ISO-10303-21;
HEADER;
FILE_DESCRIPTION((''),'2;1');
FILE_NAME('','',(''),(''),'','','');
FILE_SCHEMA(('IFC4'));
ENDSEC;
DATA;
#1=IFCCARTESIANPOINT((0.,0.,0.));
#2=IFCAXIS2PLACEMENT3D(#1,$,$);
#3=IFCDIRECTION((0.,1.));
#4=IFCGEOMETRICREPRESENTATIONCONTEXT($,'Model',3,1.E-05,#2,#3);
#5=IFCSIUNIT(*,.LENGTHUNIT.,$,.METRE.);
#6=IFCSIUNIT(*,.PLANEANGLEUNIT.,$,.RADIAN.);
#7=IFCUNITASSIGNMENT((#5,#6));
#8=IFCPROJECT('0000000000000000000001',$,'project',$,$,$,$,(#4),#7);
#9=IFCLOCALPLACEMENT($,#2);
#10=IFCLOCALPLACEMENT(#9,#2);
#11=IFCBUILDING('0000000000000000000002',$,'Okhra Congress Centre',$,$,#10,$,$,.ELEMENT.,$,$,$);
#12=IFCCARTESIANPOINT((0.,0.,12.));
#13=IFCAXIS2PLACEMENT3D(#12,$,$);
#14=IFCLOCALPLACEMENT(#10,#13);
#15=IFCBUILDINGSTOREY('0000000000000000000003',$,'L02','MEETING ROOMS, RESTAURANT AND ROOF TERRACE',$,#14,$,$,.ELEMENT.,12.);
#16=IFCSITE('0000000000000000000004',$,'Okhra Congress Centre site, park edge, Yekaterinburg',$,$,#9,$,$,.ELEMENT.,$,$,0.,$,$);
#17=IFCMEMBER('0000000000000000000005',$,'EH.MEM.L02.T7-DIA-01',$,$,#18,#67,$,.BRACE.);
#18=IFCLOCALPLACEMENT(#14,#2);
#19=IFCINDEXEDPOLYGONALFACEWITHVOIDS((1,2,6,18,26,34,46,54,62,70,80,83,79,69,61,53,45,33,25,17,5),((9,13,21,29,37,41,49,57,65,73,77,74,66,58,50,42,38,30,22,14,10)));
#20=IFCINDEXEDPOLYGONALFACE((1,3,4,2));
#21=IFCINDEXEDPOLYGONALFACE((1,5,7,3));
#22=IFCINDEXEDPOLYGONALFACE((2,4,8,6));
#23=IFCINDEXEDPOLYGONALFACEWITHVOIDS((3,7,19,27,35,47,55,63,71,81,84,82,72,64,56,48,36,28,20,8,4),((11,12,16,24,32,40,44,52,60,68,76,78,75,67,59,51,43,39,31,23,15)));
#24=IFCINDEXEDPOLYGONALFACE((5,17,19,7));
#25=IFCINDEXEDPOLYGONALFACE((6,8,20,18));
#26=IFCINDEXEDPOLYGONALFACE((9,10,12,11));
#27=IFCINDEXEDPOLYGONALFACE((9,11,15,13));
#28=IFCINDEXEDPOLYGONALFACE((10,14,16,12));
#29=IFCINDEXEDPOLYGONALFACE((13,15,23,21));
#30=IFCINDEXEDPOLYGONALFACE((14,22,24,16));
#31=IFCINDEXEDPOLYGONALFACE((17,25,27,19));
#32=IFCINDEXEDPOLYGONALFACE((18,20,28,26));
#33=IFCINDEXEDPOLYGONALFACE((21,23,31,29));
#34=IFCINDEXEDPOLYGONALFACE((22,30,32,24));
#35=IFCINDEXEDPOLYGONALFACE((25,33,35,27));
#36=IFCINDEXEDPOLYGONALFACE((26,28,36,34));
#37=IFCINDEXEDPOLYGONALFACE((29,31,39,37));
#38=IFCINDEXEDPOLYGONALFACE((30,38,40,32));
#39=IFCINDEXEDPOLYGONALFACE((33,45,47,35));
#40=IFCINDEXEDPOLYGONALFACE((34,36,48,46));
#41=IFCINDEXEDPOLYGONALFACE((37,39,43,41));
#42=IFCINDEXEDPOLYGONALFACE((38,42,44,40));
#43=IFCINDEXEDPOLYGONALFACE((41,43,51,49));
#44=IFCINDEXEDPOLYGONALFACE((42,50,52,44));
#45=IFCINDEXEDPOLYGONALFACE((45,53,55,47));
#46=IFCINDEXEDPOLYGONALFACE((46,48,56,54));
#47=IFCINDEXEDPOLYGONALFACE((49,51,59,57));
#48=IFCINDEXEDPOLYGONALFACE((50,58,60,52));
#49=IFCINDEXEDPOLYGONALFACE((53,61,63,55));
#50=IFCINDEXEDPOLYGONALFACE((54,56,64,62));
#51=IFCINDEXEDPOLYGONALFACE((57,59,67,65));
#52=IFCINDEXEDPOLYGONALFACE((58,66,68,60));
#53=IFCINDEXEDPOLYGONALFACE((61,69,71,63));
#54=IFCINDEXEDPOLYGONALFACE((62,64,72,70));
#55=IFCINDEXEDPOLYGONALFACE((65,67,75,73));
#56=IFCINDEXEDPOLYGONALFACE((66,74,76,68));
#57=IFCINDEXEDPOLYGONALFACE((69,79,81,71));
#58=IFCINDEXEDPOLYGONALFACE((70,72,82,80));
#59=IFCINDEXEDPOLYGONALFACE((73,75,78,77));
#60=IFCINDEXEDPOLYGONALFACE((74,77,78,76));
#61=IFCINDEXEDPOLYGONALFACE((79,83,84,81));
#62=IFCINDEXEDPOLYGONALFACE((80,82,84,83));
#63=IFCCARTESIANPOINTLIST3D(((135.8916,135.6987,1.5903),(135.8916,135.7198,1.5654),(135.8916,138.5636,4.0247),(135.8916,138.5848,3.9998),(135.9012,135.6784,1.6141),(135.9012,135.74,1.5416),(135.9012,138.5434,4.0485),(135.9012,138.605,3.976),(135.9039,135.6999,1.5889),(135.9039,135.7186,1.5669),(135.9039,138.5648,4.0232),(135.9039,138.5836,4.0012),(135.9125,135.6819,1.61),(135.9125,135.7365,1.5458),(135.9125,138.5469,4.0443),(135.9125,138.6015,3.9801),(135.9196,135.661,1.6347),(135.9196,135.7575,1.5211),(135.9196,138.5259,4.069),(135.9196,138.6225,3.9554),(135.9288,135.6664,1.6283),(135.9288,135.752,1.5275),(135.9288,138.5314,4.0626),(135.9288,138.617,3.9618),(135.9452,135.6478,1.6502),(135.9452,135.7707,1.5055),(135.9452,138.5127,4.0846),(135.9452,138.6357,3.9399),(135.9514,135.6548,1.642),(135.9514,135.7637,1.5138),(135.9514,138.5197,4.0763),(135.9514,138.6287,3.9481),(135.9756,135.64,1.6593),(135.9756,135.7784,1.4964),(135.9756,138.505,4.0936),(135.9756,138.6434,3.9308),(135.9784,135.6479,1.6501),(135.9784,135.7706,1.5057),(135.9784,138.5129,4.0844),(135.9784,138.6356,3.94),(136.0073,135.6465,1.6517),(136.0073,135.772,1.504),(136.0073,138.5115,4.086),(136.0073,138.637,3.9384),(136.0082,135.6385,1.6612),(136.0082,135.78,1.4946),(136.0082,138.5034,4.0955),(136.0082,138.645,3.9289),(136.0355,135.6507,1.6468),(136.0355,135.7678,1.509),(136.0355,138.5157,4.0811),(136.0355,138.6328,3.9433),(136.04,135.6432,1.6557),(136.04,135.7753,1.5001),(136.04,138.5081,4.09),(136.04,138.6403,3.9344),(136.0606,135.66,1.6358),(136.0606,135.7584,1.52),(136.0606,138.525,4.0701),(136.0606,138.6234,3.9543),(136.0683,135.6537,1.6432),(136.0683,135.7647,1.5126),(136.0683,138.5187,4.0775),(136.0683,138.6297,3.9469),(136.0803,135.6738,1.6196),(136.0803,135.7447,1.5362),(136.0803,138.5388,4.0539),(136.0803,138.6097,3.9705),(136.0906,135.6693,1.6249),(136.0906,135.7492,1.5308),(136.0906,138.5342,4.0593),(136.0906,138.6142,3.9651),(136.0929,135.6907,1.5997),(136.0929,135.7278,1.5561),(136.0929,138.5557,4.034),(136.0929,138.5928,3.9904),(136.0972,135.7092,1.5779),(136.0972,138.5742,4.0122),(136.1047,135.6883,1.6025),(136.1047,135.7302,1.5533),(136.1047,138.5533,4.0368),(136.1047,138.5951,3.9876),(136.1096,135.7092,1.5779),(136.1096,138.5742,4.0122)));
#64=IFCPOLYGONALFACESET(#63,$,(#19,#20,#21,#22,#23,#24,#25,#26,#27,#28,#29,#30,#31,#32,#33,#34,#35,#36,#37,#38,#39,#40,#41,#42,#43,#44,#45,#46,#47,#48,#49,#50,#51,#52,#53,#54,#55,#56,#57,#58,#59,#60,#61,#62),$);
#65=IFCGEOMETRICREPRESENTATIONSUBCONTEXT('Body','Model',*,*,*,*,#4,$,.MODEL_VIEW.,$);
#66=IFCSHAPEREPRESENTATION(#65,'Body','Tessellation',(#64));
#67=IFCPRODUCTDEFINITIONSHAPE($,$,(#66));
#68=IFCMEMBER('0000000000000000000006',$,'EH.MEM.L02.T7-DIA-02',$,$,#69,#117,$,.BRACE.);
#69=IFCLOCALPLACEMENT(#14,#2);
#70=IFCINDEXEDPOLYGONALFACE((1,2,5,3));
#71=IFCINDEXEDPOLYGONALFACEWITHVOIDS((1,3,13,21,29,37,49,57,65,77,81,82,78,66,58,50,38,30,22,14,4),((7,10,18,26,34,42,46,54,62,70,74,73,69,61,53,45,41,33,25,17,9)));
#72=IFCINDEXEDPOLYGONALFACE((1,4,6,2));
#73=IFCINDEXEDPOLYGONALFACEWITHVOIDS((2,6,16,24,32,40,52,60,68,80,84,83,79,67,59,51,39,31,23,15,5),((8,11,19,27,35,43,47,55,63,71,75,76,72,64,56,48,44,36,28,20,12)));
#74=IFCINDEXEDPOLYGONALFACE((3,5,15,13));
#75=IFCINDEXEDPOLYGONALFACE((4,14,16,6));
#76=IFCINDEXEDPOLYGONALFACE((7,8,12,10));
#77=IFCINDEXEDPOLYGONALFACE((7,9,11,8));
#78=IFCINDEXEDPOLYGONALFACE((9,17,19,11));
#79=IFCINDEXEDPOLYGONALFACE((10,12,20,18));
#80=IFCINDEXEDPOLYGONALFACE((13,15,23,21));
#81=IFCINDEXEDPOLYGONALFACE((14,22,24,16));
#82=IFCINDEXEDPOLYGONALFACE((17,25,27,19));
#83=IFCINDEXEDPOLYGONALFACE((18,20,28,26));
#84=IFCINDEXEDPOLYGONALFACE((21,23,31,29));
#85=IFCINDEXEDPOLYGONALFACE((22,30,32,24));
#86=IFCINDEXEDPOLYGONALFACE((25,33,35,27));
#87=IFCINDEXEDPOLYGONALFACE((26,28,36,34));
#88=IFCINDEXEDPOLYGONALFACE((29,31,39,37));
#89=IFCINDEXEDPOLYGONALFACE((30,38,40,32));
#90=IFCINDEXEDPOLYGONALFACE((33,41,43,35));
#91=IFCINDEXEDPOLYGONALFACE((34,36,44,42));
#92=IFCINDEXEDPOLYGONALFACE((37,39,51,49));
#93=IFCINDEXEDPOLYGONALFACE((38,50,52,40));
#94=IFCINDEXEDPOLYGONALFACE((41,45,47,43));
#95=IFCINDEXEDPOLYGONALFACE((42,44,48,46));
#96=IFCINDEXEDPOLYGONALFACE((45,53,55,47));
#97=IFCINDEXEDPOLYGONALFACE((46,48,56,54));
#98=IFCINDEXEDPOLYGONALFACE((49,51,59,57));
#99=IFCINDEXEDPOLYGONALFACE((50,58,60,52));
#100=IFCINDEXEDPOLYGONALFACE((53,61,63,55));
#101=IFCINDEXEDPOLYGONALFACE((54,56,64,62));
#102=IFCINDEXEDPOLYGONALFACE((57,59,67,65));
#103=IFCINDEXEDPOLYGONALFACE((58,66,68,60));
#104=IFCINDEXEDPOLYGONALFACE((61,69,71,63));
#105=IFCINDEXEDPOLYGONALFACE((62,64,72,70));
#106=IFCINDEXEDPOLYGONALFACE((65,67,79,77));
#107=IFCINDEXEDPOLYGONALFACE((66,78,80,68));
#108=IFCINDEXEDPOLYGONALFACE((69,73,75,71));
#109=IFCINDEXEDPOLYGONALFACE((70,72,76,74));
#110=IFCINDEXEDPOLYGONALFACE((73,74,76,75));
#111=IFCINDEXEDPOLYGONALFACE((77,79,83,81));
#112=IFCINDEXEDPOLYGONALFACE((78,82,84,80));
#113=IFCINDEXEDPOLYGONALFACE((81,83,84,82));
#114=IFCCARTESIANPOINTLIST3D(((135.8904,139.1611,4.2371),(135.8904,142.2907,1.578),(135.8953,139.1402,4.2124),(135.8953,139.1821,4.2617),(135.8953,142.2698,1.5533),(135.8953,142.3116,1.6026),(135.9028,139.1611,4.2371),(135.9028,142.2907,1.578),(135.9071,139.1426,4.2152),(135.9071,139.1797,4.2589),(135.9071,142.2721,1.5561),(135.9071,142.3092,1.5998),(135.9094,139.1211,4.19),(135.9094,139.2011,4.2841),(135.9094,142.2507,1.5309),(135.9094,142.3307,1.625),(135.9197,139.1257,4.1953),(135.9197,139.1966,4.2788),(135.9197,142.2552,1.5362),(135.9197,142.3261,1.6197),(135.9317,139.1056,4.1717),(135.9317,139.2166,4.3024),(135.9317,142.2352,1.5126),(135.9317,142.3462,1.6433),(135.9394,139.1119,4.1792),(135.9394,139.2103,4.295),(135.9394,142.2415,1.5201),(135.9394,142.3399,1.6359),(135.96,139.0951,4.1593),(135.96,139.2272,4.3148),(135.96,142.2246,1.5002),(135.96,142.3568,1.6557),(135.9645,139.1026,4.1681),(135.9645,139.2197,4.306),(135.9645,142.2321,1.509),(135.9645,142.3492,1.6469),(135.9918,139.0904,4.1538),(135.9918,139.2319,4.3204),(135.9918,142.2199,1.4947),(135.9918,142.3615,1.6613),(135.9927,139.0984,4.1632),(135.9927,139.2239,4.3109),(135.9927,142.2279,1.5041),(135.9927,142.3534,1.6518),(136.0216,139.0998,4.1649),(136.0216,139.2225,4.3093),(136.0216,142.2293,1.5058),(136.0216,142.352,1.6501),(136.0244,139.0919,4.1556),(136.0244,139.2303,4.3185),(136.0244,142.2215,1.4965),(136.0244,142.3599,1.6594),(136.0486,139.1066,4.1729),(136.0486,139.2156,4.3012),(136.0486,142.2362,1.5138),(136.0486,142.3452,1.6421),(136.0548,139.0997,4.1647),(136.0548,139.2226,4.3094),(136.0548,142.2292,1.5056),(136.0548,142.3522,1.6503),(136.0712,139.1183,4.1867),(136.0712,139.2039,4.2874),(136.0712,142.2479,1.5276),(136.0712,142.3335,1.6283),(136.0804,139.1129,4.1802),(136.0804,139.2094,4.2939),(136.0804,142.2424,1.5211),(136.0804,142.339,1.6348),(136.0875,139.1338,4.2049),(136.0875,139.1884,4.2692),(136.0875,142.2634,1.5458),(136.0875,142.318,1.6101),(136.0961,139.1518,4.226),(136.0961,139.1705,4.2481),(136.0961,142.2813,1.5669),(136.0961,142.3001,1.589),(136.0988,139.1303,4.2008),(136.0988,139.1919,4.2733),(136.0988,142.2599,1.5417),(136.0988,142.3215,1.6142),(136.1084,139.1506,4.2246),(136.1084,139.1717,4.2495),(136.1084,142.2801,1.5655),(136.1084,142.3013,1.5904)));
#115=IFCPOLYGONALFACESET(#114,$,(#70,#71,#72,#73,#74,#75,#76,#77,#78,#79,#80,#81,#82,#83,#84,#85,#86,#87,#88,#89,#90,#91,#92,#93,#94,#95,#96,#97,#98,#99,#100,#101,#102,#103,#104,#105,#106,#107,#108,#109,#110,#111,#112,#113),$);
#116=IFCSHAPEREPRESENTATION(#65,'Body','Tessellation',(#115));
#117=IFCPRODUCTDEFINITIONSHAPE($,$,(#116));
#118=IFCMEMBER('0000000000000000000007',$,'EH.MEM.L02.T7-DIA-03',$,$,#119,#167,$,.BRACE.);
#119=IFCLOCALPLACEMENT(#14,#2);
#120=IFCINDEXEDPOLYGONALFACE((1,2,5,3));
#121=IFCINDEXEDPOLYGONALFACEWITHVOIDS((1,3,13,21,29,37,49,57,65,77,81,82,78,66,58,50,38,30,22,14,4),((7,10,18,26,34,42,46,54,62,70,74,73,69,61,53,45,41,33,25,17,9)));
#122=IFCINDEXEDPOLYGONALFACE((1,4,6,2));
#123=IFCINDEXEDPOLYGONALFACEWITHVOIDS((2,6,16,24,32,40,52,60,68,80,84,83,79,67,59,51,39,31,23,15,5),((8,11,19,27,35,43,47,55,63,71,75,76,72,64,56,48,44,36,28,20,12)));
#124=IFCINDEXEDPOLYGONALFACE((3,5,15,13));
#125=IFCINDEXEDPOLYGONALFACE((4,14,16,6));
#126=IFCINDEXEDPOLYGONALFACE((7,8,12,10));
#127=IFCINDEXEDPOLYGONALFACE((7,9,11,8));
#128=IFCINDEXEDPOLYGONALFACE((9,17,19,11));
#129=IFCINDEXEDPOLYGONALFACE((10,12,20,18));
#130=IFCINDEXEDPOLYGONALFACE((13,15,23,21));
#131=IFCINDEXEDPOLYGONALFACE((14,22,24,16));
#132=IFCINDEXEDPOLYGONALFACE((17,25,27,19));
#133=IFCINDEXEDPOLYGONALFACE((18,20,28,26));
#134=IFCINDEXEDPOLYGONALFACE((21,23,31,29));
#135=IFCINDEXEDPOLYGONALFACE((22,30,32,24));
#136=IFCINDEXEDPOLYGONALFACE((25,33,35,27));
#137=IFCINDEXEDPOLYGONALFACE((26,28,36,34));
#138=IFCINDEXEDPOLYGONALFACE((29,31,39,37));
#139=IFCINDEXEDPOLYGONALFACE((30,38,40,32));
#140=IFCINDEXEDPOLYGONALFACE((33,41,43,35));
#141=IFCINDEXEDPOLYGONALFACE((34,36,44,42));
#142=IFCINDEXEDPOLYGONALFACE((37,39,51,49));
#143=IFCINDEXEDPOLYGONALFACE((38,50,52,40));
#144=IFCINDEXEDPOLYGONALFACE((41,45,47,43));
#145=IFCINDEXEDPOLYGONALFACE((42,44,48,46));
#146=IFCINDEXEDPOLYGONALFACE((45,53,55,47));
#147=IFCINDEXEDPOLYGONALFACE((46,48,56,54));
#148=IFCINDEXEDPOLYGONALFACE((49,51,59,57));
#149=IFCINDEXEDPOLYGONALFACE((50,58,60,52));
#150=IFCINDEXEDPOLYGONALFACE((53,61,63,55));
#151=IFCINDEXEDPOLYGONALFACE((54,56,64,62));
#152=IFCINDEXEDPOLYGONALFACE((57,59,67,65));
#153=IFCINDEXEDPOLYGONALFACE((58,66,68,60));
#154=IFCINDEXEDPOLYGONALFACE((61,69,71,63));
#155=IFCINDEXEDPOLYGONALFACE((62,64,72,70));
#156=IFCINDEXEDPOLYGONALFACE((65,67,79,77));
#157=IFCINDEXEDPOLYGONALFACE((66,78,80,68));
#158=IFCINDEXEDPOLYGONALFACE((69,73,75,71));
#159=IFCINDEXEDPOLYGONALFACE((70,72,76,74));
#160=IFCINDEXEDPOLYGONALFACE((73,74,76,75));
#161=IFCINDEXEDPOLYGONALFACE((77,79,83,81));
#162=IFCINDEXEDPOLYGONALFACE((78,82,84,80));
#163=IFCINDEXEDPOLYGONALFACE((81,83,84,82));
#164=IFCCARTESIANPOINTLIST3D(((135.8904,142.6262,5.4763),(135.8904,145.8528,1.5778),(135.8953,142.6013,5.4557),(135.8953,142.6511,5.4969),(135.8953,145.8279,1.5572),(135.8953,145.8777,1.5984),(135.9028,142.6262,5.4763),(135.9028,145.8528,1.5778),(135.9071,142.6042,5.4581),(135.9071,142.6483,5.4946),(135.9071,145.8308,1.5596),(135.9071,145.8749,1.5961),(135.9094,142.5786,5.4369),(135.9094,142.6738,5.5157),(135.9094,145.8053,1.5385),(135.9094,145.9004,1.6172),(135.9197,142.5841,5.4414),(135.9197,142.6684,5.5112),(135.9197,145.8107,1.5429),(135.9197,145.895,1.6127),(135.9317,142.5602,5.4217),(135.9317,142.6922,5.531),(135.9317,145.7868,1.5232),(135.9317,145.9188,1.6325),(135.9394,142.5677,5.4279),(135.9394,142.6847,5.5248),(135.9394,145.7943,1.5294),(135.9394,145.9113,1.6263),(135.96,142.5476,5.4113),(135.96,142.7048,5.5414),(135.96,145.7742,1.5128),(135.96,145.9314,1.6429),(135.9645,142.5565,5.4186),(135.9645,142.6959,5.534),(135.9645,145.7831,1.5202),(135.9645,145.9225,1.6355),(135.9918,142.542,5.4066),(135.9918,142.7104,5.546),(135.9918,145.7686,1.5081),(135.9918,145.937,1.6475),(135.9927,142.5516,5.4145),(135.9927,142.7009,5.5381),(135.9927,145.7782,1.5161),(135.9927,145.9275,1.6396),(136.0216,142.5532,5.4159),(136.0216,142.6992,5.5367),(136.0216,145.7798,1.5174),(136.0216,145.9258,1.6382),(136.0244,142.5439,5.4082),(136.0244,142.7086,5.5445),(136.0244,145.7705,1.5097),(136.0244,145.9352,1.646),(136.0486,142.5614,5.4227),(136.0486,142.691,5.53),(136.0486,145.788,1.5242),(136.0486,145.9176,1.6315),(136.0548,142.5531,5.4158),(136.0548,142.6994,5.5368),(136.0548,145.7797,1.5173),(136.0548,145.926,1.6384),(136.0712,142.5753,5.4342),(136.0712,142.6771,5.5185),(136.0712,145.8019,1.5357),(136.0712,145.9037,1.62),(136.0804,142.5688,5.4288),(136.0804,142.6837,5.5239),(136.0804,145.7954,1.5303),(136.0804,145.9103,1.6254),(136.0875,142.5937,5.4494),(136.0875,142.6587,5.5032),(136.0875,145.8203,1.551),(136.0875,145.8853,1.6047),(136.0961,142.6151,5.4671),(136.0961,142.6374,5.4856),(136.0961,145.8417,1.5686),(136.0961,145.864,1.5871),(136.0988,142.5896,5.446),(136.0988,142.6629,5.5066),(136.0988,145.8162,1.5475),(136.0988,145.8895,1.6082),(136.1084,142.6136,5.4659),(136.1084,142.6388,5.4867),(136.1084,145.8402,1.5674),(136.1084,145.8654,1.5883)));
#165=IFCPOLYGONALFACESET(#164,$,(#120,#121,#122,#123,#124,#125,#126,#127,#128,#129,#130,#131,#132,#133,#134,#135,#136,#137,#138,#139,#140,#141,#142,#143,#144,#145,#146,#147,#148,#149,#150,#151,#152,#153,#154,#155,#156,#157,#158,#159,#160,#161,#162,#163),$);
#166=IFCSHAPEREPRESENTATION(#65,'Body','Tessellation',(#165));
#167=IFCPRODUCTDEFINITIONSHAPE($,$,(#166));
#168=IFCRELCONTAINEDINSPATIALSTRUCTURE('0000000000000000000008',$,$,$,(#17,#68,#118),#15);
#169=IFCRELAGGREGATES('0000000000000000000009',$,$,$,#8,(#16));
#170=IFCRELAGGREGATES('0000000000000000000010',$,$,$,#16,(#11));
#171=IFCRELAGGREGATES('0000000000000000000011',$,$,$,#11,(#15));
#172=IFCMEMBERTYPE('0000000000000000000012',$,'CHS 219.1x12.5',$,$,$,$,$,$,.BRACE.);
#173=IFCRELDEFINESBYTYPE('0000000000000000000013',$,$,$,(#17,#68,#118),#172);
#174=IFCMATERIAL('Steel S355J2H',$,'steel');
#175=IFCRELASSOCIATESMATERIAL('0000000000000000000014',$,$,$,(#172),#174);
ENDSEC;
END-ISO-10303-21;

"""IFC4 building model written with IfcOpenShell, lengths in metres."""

from ifc_helpers import new_model, si_unit, direction, frame, origin, origin_2d, place, context, subcontext, project, spatial, hollow_circle, extrude, material, material_profile, profile_set, type_object, element, save


model = new_model("IFC4")

# Units and contexts
model_context = context("Model", 3, precision=1e-05, world=origin(), true_north=direction((0.0, 1.0)))
body_context = subcontext(model_context, "Body", "Model", "MODEL_VIEW")
ifc_project = project(units=[si_unit("LENGTHUNIT", "METRE"), si_unit("PLANEANGLEUNIT", "RADIAN")], contexts=[model_context])

# Site, building, storey
site_placement = place(None, origin())
site = spatial("IfcSite", under=ifc_project, at=site_placement, Name="Okhra Congress Centre site, park edge, Yekaterinburg", CompositionType="ELEMENT", RefElevation=0.0)
building_placement = place(site_placement, origin())
building = spatial("IfcBuilding", under=site, at=building_placement, Name="Okhra Congress Centre", CompositionType="ELEMENT")
storey_placement = place(building_placement, frame((0.0, 0.0, 12.0)))
storey = spatial("IfcBuildingStorey", under=building, at=storey_placement, Name="L02", Description="MEETING ROOMS, RESTAURANT AND ROOF TERRACE", CompositionType="ELEMENT", Elevation=12.0)

# Members
ifc_material_1 = material(Name="Steel S355J2H", Category="steel")
ifc_material_profile_1 = material_profile(ifc_material_1, hollow_circle(Radius=0.1096, WallThickness=0.0125, at=origin_2d()), Name="CHS 219.1x12.5")
ifc_profile_set_1 = profile_set([ifc_material_profile_1], Name="Steel S355J2H")
member_type_1 = type_object("IfcMemberType", Name="CHS 219.1x12.5", PredefinedType="BRACE", material=ifc_profile_set_1)
member_1_placement = place(storey_placement, frame((136.0, 138.5742, 4.0122), z_axis=(0.0, -0.762059, -0.647507), x_axis=(1.0, 0.0, 0.0)))
element("IfcMember", 1, at=member_1_placement, inside=storey, type_object=member_type_1, Name="EH.MEM.L02.T7-DIA-01", PredefinedType="BRACE", context=body_context, shape_type="SweptSolid", body=[
    extrude(hollow_circle(Radius=0.1096, WallThickness=0.0125, at=origin_2d()), origin(), (0.0, 0.0, 1.0), 3.7595),
])
member_2_placement = place(storey_placement, frame((136.0, 139.1611, 4.2371), z_axis=(0.0, 0.762061, -0.647505), x_axis=(-1.0, 0.0, 0.0)))
element("IfcMember", 2, at=member_2_placement, inside=storey, type_object=member_type_1, Name="EH.MEM.L02.T7-DIA-02", PredefinedType="BRACE", context=body_context, shape_type="SweptSolid", body=[
    extrude(hollow_circle(Radius=0.1096, WallThickness=0.0125, at=origin_2d()), origin(), (0.0, 0.0, 1.0), 4.1067),
])
member_3_placement = place(storey_placement, frame((136.0, 142.6262, 5.4763), z_axis=(0.0, 0.637599, -0.770368), x_axis=(-1.0, 0.0, 0.0)))
element("IfcMember", 3, at=member_3_placement, inside=storey, type_object=member_type_1, Name="EH.MEM.L02.T7-DIA-03", PredefinedType="BRACE", context=body_context, shape_type="SweptSolid", body=[
    extrude(hollow_circle(Radius=0.1096, WallThickness=0.0125, at=origin_2d()), origin(), (0.0, 0.0, 1.0), 5.0605),
])

save(model, "model.ifc")
